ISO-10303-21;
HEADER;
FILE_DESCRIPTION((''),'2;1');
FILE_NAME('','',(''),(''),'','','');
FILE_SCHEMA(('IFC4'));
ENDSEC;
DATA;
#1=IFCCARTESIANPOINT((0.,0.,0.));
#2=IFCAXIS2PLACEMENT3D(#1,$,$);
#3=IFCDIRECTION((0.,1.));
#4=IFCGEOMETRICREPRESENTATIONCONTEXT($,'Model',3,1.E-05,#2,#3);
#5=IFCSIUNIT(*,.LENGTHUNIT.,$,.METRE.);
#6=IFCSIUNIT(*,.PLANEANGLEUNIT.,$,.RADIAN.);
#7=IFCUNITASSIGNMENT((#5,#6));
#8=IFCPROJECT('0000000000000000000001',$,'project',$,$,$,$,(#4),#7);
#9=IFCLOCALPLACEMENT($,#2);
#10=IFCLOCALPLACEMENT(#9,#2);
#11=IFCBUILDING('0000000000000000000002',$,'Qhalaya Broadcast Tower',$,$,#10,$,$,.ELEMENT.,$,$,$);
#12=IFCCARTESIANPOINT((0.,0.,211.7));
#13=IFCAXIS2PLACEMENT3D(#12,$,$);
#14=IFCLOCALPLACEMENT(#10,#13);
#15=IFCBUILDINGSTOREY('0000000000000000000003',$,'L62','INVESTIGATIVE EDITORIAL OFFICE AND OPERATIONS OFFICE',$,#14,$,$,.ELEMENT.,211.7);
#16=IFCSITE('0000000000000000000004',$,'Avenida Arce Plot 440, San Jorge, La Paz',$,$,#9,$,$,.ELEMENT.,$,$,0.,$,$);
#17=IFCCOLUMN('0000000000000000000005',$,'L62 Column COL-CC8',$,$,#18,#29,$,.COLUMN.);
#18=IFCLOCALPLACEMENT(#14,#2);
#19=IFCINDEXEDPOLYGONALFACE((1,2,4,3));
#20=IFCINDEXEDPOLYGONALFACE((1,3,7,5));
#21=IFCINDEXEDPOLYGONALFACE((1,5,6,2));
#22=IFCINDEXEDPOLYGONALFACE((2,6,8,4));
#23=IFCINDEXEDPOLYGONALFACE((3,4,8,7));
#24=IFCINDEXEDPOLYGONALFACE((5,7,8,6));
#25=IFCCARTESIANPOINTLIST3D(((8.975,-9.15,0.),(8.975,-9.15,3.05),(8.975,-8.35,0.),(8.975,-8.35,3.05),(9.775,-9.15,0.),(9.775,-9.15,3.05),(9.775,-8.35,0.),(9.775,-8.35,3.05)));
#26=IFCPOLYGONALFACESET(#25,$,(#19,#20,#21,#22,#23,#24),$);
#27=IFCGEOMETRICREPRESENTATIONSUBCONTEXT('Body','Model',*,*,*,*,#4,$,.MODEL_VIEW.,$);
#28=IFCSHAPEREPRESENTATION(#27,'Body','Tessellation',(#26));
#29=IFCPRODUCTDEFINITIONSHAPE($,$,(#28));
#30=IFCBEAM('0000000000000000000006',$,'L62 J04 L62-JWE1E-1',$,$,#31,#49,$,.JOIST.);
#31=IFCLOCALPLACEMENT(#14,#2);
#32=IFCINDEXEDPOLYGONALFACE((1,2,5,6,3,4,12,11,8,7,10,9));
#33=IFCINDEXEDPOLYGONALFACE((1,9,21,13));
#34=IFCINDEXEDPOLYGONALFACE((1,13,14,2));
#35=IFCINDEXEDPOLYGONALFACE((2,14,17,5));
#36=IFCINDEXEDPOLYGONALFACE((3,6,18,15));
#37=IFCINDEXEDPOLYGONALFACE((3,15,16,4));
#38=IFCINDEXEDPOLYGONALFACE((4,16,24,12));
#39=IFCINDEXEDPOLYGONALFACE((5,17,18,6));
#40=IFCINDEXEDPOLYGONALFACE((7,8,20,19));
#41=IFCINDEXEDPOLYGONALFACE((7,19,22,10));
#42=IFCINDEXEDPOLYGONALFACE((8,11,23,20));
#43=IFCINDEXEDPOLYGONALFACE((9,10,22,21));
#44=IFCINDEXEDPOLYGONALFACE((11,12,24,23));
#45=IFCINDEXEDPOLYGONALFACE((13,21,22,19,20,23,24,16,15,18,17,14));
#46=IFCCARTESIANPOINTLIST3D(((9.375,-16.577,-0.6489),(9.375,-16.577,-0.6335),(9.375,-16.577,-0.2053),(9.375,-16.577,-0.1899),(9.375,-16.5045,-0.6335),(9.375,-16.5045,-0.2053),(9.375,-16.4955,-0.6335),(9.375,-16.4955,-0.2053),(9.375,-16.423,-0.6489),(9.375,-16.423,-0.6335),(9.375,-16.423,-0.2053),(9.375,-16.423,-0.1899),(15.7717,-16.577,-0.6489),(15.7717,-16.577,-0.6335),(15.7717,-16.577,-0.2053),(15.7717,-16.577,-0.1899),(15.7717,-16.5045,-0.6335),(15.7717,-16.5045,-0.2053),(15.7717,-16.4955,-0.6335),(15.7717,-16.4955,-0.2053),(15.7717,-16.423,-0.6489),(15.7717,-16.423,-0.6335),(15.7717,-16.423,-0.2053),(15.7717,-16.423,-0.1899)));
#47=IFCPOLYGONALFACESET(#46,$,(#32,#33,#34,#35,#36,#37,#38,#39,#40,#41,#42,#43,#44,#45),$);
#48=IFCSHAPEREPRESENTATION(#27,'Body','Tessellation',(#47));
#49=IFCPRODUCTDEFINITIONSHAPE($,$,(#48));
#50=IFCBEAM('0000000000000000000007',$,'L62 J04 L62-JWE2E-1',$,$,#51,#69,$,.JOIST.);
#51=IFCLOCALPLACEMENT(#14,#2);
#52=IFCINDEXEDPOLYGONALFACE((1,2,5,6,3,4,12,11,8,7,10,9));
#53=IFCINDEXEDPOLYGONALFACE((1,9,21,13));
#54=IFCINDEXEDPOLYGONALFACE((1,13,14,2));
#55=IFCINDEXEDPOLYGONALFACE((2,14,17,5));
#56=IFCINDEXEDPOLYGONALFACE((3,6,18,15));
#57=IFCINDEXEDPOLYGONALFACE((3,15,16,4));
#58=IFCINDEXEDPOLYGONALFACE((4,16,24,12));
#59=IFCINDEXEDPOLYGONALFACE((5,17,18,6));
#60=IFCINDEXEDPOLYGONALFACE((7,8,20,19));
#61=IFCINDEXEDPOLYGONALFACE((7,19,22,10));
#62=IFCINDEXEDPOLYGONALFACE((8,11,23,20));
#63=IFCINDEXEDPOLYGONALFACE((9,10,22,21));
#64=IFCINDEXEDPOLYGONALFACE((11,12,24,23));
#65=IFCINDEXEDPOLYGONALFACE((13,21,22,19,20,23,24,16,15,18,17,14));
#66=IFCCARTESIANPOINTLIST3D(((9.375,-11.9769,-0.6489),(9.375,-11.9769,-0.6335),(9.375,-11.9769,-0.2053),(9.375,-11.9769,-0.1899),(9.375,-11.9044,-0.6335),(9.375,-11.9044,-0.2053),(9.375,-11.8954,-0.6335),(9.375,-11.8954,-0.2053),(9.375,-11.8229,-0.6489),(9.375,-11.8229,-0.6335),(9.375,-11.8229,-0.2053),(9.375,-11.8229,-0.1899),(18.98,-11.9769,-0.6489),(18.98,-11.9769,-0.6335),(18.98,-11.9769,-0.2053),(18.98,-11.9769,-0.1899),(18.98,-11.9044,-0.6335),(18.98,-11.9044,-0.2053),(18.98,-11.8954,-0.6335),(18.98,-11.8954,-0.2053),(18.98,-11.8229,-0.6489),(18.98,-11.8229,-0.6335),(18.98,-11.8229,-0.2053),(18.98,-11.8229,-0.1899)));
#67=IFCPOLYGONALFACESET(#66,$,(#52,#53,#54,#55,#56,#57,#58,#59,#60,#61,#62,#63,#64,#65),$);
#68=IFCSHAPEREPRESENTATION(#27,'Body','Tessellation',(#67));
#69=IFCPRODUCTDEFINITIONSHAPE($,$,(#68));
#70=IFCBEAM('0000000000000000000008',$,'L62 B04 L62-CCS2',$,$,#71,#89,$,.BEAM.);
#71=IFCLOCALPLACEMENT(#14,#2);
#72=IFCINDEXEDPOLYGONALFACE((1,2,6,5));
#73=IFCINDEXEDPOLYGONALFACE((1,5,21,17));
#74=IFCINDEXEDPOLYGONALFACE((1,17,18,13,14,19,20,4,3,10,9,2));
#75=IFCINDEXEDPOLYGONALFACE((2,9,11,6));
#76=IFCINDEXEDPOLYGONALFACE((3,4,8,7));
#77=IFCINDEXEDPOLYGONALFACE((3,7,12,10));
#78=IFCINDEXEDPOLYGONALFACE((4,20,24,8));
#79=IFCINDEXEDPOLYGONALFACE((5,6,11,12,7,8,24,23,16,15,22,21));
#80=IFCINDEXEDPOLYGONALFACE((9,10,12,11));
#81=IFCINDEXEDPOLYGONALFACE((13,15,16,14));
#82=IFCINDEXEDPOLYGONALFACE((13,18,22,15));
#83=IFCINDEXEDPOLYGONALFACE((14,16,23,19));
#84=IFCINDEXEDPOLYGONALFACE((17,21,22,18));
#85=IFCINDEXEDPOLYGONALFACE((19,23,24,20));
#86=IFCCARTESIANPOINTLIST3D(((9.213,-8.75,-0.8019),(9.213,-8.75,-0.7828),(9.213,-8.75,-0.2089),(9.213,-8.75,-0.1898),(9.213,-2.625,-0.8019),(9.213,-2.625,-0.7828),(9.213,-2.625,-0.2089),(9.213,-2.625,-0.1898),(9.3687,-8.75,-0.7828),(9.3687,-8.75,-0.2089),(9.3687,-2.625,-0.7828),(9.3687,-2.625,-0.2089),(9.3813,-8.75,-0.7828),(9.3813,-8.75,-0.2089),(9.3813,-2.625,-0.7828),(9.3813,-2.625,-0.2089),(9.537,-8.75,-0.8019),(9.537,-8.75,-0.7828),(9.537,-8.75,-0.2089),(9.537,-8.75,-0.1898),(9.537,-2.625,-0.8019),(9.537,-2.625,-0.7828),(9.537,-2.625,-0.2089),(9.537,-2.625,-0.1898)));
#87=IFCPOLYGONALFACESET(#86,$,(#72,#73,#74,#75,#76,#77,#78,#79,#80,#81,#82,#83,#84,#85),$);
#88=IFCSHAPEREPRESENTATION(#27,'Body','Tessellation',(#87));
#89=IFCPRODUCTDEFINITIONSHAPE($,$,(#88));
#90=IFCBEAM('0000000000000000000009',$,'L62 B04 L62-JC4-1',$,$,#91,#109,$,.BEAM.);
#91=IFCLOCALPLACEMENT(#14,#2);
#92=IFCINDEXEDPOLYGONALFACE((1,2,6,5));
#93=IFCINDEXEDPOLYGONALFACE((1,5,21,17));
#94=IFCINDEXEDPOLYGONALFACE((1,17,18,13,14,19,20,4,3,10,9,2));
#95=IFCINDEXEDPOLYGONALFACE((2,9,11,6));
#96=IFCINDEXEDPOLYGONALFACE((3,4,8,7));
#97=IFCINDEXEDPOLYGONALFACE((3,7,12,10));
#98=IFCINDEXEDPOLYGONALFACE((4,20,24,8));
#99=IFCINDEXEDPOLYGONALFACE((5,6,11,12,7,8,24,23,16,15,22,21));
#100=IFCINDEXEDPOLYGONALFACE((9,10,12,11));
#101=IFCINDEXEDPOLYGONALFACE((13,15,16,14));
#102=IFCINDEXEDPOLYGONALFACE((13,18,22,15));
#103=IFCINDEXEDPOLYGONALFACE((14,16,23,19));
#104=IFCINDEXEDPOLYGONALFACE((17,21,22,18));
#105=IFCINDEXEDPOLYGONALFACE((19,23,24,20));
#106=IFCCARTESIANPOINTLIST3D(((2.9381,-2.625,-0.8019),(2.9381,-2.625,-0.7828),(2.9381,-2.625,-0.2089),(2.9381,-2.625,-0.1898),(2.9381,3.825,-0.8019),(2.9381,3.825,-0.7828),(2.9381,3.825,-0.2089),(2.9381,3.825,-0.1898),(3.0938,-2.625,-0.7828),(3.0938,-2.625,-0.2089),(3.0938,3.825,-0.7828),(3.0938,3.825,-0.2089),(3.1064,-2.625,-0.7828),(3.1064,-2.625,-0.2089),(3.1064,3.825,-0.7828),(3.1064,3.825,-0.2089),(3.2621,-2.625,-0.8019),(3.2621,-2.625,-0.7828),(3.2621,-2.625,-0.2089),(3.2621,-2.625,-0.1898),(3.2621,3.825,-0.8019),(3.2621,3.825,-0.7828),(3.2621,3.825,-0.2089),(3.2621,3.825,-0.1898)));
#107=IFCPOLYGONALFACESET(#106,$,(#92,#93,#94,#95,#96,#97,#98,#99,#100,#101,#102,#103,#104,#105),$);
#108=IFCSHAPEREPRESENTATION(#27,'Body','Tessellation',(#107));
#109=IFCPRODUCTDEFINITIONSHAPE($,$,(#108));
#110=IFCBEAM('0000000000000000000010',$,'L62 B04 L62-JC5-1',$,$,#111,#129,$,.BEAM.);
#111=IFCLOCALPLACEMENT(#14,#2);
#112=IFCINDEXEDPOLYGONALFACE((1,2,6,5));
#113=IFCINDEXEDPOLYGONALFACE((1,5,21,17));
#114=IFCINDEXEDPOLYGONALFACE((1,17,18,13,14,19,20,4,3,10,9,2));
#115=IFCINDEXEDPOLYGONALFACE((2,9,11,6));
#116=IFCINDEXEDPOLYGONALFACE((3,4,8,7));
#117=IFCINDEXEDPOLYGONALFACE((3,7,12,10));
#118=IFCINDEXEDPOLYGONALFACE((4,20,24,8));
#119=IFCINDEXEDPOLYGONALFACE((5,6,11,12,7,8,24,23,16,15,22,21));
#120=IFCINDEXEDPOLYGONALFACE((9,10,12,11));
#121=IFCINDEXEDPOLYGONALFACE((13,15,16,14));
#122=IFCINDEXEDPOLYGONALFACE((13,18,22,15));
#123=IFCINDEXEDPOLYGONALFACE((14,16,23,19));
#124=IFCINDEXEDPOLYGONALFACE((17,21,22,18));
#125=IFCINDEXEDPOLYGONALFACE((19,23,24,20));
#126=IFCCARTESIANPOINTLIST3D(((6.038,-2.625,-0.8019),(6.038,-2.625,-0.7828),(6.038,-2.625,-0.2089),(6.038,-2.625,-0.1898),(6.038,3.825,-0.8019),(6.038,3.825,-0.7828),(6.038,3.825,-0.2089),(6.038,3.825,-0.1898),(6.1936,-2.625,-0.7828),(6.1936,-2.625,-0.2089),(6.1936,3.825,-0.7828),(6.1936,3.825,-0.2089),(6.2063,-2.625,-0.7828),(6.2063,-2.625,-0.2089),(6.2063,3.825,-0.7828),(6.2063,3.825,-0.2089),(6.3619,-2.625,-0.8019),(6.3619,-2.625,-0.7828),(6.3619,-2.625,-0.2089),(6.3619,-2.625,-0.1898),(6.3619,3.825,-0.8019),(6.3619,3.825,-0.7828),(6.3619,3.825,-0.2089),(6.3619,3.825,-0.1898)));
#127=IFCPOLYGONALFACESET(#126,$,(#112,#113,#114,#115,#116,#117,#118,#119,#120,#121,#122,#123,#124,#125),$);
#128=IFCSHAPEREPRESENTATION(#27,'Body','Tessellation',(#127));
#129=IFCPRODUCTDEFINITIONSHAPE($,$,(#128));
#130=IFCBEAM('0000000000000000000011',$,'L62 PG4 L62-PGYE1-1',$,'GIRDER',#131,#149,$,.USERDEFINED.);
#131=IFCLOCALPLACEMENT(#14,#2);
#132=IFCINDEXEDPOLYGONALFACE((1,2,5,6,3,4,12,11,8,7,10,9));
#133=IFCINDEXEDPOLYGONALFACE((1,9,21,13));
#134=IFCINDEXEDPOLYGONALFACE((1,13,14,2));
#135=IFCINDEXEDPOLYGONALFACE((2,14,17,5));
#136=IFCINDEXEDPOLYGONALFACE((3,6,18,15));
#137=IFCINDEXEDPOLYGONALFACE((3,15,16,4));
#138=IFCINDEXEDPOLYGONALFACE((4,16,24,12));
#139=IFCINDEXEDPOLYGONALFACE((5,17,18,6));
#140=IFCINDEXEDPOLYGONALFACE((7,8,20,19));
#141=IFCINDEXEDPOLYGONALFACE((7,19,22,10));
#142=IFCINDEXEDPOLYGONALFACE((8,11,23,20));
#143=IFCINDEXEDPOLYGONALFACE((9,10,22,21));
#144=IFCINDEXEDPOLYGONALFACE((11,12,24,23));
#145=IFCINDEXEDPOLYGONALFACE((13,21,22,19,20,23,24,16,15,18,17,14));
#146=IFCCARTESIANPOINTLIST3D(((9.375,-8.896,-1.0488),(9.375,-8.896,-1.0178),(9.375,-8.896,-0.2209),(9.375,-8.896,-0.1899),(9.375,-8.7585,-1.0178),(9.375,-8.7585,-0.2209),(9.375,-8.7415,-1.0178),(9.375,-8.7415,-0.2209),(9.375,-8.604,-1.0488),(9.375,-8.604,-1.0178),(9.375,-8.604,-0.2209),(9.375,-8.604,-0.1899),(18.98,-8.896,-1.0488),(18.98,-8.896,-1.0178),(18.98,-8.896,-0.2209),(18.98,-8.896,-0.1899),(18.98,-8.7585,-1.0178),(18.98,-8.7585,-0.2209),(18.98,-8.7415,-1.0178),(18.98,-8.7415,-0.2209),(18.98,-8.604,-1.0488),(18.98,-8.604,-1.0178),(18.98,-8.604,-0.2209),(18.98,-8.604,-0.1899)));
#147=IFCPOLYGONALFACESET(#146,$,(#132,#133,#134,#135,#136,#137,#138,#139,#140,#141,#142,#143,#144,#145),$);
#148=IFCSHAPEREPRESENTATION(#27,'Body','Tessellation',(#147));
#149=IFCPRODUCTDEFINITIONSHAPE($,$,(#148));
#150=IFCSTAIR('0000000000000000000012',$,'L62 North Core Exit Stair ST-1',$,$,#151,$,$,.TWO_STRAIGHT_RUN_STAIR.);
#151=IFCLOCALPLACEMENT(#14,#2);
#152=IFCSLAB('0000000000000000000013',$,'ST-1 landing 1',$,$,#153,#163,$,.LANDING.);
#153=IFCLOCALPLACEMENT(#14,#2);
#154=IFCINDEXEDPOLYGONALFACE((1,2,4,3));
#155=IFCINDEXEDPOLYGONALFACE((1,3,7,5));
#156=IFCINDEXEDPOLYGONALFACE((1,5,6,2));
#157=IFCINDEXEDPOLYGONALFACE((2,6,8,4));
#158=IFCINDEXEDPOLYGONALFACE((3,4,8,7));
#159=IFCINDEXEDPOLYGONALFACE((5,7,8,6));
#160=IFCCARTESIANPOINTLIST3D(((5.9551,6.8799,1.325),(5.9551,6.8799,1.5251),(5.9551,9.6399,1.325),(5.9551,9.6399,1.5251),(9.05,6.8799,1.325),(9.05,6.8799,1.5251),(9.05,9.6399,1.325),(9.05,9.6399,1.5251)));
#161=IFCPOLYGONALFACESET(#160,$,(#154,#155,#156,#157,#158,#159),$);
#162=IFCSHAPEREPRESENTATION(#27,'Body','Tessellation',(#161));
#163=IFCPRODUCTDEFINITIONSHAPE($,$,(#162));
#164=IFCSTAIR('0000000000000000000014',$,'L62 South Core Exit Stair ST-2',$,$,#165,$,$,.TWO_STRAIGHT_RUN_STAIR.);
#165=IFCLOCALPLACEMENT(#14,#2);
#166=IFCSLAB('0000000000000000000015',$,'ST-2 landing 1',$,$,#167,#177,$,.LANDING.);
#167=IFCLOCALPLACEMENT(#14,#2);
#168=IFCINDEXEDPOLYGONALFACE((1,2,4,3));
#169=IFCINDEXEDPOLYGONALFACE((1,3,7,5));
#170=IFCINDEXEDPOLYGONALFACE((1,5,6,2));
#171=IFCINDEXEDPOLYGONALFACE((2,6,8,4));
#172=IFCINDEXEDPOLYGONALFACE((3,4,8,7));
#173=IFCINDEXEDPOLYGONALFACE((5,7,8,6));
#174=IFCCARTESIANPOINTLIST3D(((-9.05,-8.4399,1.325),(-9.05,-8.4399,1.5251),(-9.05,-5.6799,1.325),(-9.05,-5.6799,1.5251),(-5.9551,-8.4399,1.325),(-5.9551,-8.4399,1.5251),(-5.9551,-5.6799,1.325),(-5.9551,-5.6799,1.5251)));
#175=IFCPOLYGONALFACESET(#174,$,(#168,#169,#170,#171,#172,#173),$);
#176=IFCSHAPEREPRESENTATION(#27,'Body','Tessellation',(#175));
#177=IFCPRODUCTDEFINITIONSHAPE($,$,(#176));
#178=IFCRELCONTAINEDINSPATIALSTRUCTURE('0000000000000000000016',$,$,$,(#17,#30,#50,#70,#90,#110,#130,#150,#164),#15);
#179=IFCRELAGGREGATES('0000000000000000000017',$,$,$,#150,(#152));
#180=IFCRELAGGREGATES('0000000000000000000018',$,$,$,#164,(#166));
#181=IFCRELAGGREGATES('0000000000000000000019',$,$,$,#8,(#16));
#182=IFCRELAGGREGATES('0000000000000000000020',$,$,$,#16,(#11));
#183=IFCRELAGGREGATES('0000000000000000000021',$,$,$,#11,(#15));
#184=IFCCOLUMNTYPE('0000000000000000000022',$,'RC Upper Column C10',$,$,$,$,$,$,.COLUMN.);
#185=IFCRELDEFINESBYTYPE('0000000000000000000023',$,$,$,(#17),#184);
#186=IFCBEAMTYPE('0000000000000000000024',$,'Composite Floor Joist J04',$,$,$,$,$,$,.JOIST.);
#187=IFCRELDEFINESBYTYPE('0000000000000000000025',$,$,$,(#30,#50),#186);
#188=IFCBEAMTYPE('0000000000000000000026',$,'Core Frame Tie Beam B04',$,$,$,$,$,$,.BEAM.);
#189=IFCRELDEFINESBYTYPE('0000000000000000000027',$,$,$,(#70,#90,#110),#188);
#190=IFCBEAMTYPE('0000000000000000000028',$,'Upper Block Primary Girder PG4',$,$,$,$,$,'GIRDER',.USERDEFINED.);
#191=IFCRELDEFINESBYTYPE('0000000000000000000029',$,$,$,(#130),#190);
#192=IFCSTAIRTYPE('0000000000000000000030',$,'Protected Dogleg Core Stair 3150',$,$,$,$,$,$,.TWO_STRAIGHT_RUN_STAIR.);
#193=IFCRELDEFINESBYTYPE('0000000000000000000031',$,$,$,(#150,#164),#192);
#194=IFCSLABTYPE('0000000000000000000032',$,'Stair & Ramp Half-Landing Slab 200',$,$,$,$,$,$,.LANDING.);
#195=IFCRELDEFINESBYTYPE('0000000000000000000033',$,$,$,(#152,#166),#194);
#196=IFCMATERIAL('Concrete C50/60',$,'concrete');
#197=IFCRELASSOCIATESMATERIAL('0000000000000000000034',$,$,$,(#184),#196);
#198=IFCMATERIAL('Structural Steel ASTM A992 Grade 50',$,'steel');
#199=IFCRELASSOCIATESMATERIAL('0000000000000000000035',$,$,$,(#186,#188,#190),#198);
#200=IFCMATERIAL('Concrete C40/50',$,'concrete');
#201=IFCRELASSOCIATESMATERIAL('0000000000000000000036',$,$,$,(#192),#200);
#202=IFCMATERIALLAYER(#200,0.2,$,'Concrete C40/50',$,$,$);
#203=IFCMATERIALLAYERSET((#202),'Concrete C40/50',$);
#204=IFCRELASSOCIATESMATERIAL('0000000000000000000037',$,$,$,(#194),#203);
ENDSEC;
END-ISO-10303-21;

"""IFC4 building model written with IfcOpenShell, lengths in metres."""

from ifc_helpers import new_model, si_unit, direction, frame, origin, origin_2d, place, context, subcontext, project, spatial, polyline, rectangle, i_section, outline, extrude, material, layer, layer_set, material_profile, profile_set, type_object, element, aggregate, save


model = new_model("IFC4")

# Units and contexts
model_context = context("Model", 3, precision=1e-05, world=origin(), true_north=direction((0.0, 1.0)))
body_context = subcontext(model_context, "Body", "Model", "MODEL_VIEW")
ifc_project = project(units=[si_unit("LENGTHUNIT", "METRE"), si_unit("PLANEANGLEUNIT", "RADIAN")], contexts=[model_context])

# Site, building, storey
site_placement = place(None, origin())
site = spatial("IfcSite", under=ifc_project, at=site_placement, Name="Avenida Arce Plot 440, San Jorge, La Paz", CompositionType="ELEMENT", RefElevation=0.0)
building_placement = place(site_placement, origin())
building = spatial("IfcBuilding", under=site, at=building_placement, Name="Qhalaya Broadcast Tower", CompositionType="ELEMENT")
storey_placement = place(building_placement, frame((0.0, 0.0, 211.7)))
storey = spatial("IfcBuildingStorey", under=building, at=storey_placement, Name="L62", Description="INVESTIGATIVE EDITORIAL OFFICE AND OPERATIONS OFFICE", CompositionType="ELEMENT", Elevation=211.7)

# Column
ifc_material_1 = material(Name="Concrete C50/60", Category="concrete")
ifc_material_profile_1 = material_profile(ifc_material_1, rectangle(XDim=0.8, YDim=0.8, at=origin_2d()), Name="RC-COL 800x800")
ifc_profile_set_1 = profile_set([ifc_material_profile_1], Name="Concrete C50/60")
column_type = type_object("IfcColumnType", Name="RC Upper Column C10", PredefinedType="COLUMN", material=ifc_profile_set_1)
column_placement = place(storey_placement, frame((9.375, -8.75, 0.0), z_axis=(0.0, 0.0, 1.0), x_axis=(1.0, 0.0, 0.0)))
element("IfcColumn", 1, at=column_placement, inside=storey, type_object=column_type, Name="L62 Column COL-CC8", PredefinedType="COLUMN", context=body_context, shape_type="SweptSolid", body=[
    extrude(rectangle(XDim=0.8, YDim=0.8, at=origin_2d()), origin(), (0.0, 0.0, 1.0), 3.05),
])

# Beams
ifc_material_2 = material(Name="Structural Steel ASTM A992 Grade 50", Category="steel")
ifc_material_profile_2 = material_profile(ifc_material_2, i_section(OverallWidth=0.1541, OverallDepth=0.459, WebThickness=0.009, FlangeThickness=0.0154, at=origin_2d()), Name="W18X46")
ifc_profile_set_2 = profile_set([ifc_material_profile_2], Name="Structural Steel ASTM A992 Grade 50")
beam_type_1 = type_object("IfcBeamType", Name="Composite Floor Joist J04", PredefinedType="JOIST", material=ifc_profile_set_2)
beam_1_placement = place(storey_placement, frame((9.375, -16.5, -0.4194), z_axis=(1.0, 0.0, 0.0), x_axis=(0.0, 1.0, 0.0)))
element("IfcBeam", 2, at=beam_1_placement, inside=storey, type_object=beam_type_1, Name="L62 J04 L62-JWE1E-1", PredefinedType="JOIST", context=body_context, shape_type="SweptSolid", body=[
    extrude(i_section(OverallWidth=0.1541, OverallDepth=0.459, WebThickness=0.009, FlangeThickness=0.0154, at=origin_2d()), origin(), (0.0, 0.0, 1.0), 6.3967),
])
beam_2_placement = place(storey_placement, frame((9.375, -11.8999, -0.4194), z_axis=(1.0, 0.0, 0.0), x_axis=(0.0, 1.0, 0.0)))
element("IfcBeam", 3, at=beam_2_placement, inside=storey, type_object=beam_type_1, Name="L62 J04 L62-JWE2E-1", PredefinedType="JOIST", context=body_context, shape_type="SweptSolid", body=[
    extrude(i_section(OverallWidth=0.1541, OverallDepth=0.459, WebThickness=0.009, FlangeThickness=0.0154, at=origin_2d()), origin(), (0.0, 0.0, 1.0), 9.605),
])
ifc_material_profile_3 = material_profile(ifc_material_2, i_section(OverallWidth=0.324, OverallDepth=0.6121, WebThickness=0.0127, FlangeThickness=0.019, at=origin_2d()), Name="W24X104")
ifc_profile_set_3 = profile_set([ifc_material_profile_3], Name="Structural Steel ASTM A992 Grade 50")
beam_type_2 = type_object("IfcBeamType", Name="Core Frame Tie Beam B04", PredefinedType="BEAM", material=ifc_profile_set_3)
beam_3_placement = place(storey_placement, frame((9.375, -8.75, -0.4958), z_axis=(0.0, 1.0, 0.0), x_axis=(-1.0, 0.0, 0.0)))
element("IfcBeam", 4, at=beam_3_placement, inside=storey, type_object=beam_type_2, Name="L62 B04 L62-CCS2", PredefinedType="BEAM", context=body_context, shape_type="SweptSolid", body=[
    extrude(i_section(OverallWidth=0.324, OverallDepth=0.6121, WebThickness=0.0127, FlangeThickness=0.019, at=origin_2d()), origin(), (0.0, 0.0, 1.0), 6.125),
])
for number, where, z_axis, x_axis, name in (
    (5, (3.1001, -2.625, -0.4958), (0.0, 1.0, 0.0), (-1.0, 0.0, 0.0), "L62 B04 L62-JC4-1"),
    (6, (6.2, -2.625, -0.4958), (0.0, 1.0, 0.0), (-1.0, 0.0, 0.0), "L62 B04 L62-JC5-1"),
):
    element("IfcBeam", number, at=place(storey_placement, frame(where, z_axis=z_axis, x_axis=x_axis)), inside=storey, type_object=beam_type_2, Name=name, PredefinedType="BEAM", context=body_context, shape_type="SweptSolid", body=[
        extrude(i_section(OverallWidth=0.324, OverallDepth=0.6121, WebThickness=0.0127, FlangeThickness=0.019, at=origin_2d()), origin(), (0.0, 0.0, 1.0), 6.45),
    ])
ifc_material_profile_4 = material_profile(ifc_material_2, i_section(OverallWidth=0.292, OverallDepth=0.8589, WebThickness=0.0171, FlangeThickness=0.031, at=origin_2d()), Name="W33X169")
ifc_profile_set_4 = profile_set([ifc_material_profile_4], Name="Structural Steel ASTM A992 Grade 50")
beam_type_3 = type_object("IfcBeamType", Name="Upper Block Primary Girder PG4", ElementType="GIRDER", PredefinedType="USERDEFINED", material=ifc_profile_set_4)
beam_4_placement = place(storey_placement, frame((9.375, -8.75, -0.6194), z_axis=(1.0, 0.0, 0.0), x_axis=(0.0, 1.0, 0.0)))
element("IfcBeam", 7, at=beam_4_placement, inside=storey, type_object=beam_type_3, Name="L62 PG4 L62-PGYE1-1", ObjectType="GIRDER", PredefinedType="USERDEFINED", context=body_context, shape_type="SweptSolid", body=[
    extrude(i_section(OverallWidth=0.292, OverallDepth=0.8589, WebThickness=0.0171, FlangeThickness=0.031, at=origin_2d()), origin(), (0.0, 0.0, 1.0), 9.605),
])

# Stairs, slabs
ifc_material_3 = material(Name="Concrete C40/50", Category="concrete")
stair_type = type_object("IfcStairType", Name="Protected Dogleg Core Stair 3150", PredefinedType="TWO_STRAIGHT_RUN_STAIR", material=ifc_material_3)
stair_1_placement = place(storey_placement, origin())
stair_1 = element("IfcStair", 8, at=stair_1_placement, inside=storey, type_object=stair_type, Name="L62 North Core Exit Stair ST-1", PredefinedType="TWO_STRAIGHT_RUN_STAIR")
ifc_layer_1 = layer(ifc_material_3, 0.2, Name="Concrete C40/50")
ifc_layer_set_1 = layer_set([ifc_layer_1], Name="Concrete C40/50")
slab_type_1 = type_object("IfcSlabType", Name="Stair & Ramp Half-Landing Slab 200", PredefinedType="LANDING", material=ifc_layer_set_1)
slab_1_placement = place(storey_placement, frame((0.0, 0.0, 1.325)))
slab_1 = element("IfcSlab", 9, at=slab_1_placement, type_object=slab_type_1, Name="ST-1 landing 1", PredefinedType="LANDING", context=body_context, shape_type="SweptSolid", body=[
    extrude(outline(polyline([(5.9551, 6.8799), (9.05, 6.8799), (9.05, 9.6399), (5.9551, 9.6399), (5.9551, 6.8799)])), origin(), (0.0, 0.0, 1.0), 0.2002),
])
aggregate(stair_1, [slab_1])
stair_2_placement = place(storey_placement, origin())
stair_2 = element("IfcStair", 10, at=stair_2_placement, inside=storey, type_object=stair_type, Name="L62 South Core Exit Stair ST-2", PredefinedType="TWO_STRAIGHT_RUN_STAIR")
slab_2_placement = place(storey_placement, frame((0.0, 0.0, 1.325)))
slab_2 = element("IfcSlab", 11, at=slab_2_placement, type_object=slab_type_1, Name="ST-2 landing 1", PredefinedType="LANDING", context=body_context, shape_type="SweptSolid", body=[
    extrude(outline(polyline([(-5.9551, -5.6799), (-9.05, -5.6799), (-9.05, -8.4399), (-5.9551, -8.4399), (-5.9551, -5.6799)])), origin(), (0.0, 0.0, 1.0), 0.2002),
])
aggregate(stair_2, [slab_2])

save(model, "model.ifc")
